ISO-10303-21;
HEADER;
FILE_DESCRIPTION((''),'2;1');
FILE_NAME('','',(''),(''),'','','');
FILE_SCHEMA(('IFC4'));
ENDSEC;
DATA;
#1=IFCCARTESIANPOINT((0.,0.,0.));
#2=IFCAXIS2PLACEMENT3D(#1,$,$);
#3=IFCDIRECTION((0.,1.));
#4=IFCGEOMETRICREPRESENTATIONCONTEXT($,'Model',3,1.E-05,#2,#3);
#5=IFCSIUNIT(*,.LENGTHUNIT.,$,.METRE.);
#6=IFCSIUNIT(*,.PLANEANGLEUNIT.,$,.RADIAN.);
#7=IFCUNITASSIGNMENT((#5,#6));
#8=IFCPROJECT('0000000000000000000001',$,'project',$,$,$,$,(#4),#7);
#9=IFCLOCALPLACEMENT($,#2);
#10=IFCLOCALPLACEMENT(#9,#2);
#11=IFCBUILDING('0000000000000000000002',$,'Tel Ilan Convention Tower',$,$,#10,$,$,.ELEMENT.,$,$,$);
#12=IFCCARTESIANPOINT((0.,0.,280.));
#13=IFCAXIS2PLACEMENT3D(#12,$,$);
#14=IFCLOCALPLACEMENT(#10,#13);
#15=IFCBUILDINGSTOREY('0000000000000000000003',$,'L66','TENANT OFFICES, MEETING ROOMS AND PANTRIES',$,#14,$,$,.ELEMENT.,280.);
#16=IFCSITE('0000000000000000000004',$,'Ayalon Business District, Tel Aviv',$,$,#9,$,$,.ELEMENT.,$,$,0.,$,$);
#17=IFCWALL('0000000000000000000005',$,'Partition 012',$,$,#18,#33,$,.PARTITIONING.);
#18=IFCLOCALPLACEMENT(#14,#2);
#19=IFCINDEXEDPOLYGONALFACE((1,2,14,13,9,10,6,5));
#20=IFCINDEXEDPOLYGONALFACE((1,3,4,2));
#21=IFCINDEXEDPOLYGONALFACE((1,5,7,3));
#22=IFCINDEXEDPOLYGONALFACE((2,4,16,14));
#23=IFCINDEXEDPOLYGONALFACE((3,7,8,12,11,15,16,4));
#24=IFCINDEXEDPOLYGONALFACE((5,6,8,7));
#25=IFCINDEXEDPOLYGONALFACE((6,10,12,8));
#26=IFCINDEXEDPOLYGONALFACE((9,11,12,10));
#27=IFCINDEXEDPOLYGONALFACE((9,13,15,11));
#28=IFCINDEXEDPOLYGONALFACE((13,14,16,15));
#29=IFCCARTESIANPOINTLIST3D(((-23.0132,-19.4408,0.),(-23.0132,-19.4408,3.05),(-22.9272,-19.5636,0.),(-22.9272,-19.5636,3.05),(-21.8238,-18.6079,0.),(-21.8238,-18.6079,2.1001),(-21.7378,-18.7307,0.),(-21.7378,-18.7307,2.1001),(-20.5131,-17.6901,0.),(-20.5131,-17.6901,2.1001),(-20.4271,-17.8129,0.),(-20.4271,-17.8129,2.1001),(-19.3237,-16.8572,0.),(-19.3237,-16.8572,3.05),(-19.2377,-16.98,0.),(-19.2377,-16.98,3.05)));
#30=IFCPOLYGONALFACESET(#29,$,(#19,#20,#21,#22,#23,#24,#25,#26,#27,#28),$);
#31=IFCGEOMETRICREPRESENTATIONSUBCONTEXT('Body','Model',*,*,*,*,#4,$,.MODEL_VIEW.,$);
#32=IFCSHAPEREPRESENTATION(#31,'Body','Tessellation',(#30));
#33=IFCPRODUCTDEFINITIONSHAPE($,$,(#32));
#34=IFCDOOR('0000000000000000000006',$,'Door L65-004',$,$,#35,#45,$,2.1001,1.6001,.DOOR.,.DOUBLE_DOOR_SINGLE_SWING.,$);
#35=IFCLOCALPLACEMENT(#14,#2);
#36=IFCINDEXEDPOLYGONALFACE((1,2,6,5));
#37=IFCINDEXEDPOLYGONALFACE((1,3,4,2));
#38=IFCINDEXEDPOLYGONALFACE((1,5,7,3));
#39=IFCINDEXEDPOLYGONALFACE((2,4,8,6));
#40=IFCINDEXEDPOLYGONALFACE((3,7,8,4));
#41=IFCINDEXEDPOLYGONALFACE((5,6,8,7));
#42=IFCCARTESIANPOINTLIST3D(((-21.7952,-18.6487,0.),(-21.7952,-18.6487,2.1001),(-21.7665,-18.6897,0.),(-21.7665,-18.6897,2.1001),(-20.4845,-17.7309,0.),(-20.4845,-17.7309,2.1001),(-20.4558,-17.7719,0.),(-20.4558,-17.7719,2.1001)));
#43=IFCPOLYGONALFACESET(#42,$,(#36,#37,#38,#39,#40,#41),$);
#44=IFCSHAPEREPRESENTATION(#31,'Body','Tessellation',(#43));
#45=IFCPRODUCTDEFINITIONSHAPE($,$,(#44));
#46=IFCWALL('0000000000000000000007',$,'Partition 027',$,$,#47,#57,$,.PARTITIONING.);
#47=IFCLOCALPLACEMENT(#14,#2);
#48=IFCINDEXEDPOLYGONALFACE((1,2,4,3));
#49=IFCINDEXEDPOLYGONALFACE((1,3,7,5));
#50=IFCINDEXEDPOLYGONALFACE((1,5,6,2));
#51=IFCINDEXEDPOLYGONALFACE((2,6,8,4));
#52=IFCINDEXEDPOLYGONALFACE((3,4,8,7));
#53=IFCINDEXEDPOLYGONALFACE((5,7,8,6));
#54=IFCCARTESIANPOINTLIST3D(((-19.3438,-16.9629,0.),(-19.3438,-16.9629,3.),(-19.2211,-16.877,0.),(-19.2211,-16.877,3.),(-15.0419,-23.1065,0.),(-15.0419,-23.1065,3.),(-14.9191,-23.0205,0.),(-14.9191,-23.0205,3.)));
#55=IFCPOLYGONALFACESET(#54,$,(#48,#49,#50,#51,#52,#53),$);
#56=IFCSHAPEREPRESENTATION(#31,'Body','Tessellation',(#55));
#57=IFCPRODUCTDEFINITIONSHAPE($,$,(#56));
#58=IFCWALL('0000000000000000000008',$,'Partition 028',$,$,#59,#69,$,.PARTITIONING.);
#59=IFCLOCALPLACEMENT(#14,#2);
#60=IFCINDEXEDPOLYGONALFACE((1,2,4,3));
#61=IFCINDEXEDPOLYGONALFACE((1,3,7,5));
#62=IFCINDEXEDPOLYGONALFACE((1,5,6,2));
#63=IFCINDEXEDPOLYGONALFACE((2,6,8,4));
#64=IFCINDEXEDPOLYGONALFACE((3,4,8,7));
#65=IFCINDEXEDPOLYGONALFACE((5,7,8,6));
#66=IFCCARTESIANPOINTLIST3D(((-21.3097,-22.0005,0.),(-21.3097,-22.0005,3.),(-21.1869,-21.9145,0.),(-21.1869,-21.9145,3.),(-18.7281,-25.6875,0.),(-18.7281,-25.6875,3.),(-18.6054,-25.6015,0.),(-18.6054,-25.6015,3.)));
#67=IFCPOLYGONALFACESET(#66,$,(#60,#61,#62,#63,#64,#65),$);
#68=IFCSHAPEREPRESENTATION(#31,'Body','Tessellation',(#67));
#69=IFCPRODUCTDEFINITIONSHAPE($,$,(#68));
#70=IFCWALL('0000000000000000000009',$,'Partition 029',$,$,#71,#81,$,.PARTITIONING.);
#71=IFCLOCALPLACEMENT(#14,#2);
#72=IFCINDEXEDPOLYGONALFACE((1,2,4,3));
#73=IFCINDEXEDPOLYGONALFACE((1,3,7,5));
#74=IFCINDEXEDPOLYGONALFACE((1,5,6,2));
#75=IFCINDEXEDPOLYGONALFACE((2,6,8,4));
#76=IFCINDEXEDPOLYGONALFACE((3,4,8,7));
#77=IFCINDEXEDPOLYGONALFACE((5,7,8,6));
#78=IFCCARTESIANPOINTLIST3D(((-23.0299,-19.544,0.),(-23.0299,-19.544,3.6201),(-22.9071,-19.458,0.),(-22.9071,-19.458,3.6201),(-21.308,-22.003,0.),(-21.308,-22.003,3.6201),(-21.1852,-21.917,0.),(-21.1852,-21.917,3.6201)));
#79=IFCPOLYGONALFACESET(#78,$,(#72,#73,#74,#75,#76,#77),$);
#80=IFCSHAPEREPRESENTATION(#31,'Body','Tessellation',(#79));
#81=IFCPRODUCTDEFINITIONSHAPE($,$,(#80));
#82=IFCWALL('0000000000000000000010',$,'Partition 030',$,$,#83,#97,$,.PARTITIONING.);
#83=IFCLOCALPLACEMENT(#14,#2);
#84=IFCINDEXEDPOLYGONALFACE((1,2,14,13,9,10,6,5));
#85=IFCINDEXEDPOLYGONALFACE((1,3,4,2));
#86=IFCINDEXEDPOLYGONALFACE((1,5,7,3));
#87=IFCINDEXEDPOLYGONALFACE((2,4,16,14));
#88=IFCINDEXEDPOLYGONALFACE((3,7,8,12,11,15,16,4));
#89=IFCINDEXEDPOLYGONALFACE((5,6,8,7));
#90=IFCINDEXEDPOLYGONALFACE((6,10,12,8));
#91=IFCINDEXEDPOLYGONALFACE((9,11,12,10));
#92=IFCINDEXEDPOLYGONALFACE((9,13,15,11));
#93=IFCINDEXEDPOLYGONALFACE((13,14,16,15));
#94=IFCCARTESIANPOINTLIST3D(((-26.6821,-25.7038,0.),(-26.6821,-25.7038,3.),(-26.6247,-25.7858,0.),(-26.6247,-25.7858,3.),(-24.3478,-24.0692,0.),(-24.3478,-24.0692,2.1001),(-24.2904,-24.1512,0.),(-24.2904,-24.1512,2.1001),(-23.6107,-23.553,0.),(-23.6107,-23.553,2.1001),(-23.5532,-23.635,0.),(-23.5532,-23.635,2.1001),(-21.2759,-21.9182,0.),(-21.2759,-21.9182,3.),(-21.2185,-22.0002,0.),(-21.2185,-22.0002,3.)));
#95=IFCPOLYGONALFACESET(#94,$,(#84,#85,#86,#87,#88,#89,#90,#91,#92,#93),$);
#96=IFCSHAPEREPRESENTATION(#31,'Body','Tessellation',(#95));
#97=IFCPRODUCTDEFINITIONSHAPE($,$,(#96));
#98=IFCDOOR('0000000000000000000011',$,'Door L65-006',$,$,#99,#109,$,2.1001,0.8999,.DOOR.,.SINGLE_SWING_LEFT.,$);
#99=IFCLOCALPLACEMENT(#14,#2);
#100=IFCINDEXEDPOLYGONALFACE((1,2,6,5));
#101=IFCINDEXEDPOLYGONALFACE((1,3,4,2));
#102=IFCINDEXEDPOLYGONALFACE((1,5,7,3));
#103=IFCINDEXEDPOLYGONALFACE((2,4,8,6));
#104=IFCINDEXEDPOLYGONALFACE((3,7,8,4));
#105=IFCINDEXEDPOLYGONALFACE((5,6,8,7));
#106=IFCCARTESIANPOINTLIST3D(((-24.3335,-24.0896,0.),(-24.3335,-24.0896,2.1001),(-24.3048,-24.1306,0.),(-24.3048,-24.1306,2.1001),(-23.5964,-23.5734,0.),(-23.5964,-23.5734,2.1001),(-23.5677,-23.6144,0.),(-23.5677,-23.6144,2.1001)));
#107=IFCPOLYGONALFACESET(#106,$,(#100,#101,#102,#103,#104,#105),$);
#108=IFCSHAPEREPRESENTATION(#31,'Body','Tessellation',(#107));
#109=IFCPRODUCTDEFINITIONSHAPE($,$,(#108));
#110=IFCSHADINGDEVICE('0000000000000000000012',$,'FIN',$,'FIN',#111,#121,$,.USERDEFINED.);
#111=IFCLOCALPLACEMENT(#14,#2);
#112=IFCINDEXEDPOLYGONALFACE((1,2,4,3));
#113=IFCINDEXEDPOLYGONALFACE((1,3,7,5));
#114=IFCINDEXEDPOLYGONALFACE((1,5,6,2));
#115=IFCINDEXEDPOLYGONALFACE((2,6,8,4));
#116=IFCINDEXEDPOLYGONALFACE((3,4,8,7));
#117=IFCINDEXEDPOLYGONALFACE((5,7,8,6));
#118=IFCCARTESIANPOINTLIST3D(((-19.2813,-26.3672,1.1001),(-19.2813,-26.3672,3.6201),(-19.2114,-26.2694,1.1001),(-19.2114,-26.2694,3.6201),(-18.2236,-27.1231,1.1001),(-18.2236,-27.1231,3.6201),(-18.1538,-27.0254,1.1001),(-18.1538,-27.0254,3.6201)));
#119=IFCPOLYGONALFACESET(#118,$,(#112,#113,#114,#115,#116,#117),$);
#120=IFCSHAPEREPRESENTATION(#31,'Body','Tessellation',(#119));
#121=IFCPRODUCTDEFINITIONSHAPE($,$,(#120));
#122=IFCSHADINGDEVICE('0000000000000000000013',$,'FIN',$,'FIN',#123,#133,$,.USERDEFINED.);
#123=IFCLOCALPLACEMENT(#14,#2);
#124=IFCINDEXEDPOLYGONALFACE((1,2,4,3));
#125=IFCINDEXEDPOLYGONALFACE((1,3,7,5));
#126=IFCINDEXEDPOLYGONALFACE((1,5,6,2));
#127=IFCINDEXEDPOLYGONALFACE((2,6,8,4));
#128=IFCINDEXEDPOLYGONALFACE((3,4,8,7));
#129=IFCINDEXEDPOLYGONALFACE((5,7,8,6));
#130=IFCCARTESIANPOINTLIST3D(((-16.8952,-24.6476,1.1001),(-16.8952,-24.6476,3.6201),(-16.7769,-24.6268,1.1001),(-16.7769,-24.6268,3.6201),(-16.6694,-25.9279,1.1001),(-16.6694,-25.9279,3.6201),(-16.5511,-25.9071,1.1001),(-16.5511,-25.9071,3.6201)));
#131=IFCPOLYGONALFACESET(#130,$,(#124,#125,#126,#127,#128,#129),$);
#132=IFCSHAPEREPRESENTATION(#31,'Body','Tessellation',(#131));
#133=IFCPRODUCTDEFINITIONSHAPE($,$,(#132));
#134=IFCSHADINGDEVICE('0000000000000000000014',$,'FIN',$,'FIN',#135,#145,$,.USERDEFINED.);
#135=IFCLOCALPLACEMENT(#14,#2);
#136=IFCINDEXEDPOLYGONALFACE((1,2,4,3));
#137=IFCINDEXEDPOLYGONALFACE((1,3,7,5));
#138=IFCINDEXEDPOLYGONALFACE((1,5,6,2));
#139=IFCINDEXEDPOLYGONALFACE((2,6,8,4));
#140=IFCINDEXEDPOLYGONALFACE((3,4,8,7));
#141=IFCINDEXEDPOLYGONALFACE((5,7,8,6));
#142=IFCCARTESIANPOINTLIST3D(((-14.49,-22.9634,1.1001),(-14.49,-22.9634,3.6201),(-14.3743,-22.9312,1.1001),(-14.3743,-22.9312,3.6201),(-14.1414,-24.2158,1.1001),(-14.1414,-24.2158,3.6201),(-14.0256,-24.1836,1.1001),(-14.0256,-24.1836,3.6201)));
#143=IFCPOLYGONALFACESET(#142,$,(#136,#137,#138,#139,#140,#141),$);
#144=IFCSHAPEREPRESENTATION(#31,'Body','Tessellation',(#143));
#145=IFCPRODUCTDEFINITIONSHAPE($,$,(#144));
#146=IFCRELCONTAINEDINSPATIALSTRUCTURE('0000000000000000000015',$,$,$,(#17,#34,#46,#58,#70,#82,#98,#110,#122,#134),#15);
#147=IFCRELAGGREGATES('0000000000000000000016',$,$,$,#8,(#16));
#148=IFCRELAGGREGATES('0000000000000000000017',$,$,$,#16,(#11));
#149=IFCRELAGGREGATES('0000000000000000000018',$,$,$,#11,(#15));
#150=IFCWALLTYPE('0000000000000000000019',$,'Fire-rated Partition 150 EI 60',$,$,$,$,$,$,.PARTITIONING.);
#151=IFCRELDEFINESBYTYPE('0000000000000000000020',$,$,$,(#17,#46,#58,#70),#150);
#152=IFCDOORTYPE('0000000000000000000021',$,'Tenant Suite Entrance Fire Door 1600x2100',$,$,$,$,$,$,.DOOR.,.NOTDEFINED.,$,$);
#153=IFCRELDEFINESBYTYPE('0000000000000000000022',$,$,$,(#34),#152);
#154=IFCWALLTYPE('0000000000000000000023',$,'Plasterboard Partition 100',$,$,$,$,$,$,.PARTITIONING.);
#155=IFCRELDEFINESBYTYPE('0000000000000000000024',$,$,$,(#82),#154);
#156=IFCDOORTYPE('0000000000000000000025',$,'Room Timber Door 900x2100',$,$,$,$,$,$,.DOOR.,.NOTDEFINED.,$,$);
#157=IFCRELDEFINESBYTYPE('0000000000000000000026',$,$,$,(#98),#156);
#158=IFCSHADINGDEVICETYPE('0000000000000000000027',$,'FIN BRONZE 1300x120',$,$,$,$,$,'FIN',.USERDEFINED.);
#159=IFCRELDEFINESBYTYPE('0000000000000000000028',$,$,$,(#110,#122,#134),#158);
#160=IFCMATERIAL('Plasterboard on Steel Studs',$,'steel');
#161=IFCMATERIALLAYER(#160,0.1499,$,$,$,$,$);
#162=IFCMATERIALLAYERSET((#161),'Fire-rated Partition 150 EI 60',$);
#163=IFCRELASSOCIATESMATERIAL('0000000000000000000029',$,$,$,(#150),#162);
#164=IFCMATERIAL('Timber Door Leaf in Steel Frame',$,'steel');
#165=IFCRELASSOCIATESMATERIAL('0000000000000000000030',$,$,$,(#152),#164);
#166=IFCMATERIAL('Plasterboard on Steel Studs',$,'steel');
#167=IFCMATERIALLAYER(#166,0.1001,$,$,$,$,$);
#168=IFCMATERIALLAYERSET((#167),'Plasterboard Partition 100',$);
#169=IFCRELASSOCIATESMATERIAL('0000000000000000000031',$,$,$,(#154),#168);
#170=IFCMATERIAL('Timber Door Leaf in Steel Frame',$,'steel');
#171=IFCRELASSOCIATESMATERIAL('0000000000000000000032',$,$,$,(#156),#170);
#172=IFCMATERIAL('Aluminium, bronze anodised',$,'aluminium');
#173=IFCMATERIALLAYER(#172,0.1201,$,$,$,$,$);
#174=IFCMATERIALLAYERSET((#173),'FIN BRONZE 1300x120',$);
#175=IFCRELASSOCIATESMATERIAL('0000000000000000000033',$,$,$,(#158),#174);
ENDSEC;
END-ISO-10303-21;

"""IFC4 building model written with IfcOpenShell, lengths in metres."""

from ifc_helpers import new_model, si_unit, direction, frame, frame_2d, origin, origin_2d, place, context, subcontext, project, spatial, rectangle, extrude, material, layer, layer_set, type_object, element, fill, save


model = new_model("IFC4")

# Units and contexts
model_context = context("Model", 3, precision=1e-05, world=origin(), true_north=direction((0.0, 1.0)))
body_context = subcontext(model_context, "Body", "Model", "MODEL_VIEW")
ifc_project = project(units=[si_unit("LENGTHUNIT", "METRE"), si_unit("PLANEANGLEUNIT", "RADIAN")], contexts=[model_context])

# Site, building, storey
site_placement = place(None, origin())
site = spatial("IfcSite", under=ifc_project, at=site_placement, Name="Ayalon Business District, Tel Aviv", CompositionType="ELEMENT", RefElevation=0.0)
building_placement = place(site_placement, origin())
building = spatial("IfcBuilding", under=site, at=building_placement, Name="Tel Ilan Convention Tower", CompositionType="ELEMENT")
storey_placement = place(building_placement, frame((0.0, 0.0, 280.0)))
storey = spatial("IfcBuildingStorey", under=building, at=storey_placement, Name="L66", Description="TENANT OFFICES, MEETING ROOMS AND PANTRIES", CompositionType="ELEMENT", Elevation=280.0)

# Wall, opening, door
ifc_material_1 = material(Name="Plasterboard on Steel Studs", Category="steel")
ifc_layer_1 = layer(ifc_material_1, 0.1499)
ifc_layer_set_1 = layer_set([ifc_layer_1], Name="Fire-rated Partition 150 EI 60")
wall_type_1 = type_object("IfcWallType", Name="Fire-rated Partition 150 EI 60", PredefinedType="PARTITIONING", material=ifc_layer_set_1)
ifc_material_2 = material(Name="Timber Door Leaf in Steel Frame", Category="steel")
door_type_1 = type_object("IfcDoorType", Name="Tenant Suite Entrance Fire Door 1600x2100", OperationType="NOTDEFINED", PredefinedType="DOOR", material=ifc_material_2)
wall_1_placement = place(storey_placement, frame((-19.2808, -16.9187, 0.0), z_axis=(0.0, 0.0, 1.0), x_axis=(-0.81914, -0.573593, 0.0)))
wall_1 = element("IfcWall", 1, at=wall_1_placement, inside=storey, type_object=wall_type_1, Name="Partition 012", PredefinedType="PARTITIONING", context=body_context, shape_type="SweptSolid", body=[
    extrude(rectangle(XDim=4.5042, YDim=0.1499, at=frame_2d((2.252, 0.0))), origin(), (0.0, 0.0, 1.0), 3.05),
])
opening_1_placement = place(wall_1_placement, frame((1.4519, 0.0, 0.0)))
opening_1 = element("IfcOpeningElement", 2, at=opening_1_placement, cuts=wall_1, PredefinedType="OPENING", context=body_context, shape_type="SweptSolid", body=[
    extrude(rectangle(XDim=1.6001, YDim=2.1001, at=frame_2d((0.8, 1.05))), frame((0.0, 0.085, 0.0), z_axis=(0.0, -1.0, 0.0), x_axis=(1.0, 0.0, 0.0)), (0.0, 0.0, 1.0), 0.1699),
])
door_1_placement = place(opening_1_placement, origin())
door_1 = element("IfcDoor", 3, at=door_1_placement, inside=storey, type_object=door_type_1, Name="Door L65-004", OperationType="DOUBLE_DOOR_SINGLE_SWING", OverallHeight=2.1001, OverallWidth=1.6001, PredefinedType="DOOR", context=body_context, shape_type="SweptSolid", body=[
    extrude(rectangle(XDim=1.6001, YDim=2.1001, at=frame_2d((0.8, 1.05))), frame((0.0, 0.0249, 0.0), z_axis=(0.0, -1.0, 0.0), x_axis=(1.0, 0.0, 0.0)), (0.0, 0.0, 1.0), 0.05),
])
fill(opening_1, door_1)

# Walls
wall_2_placement = place(storey_placement, frame((-14.9805, -23.0635, 0.0), z_axis=(0.0, 0.0, 1.0), x_axis=(-0.573598, 0.819137, 0.0)))
element("IfcWall", 4, at=wall_2_placement, inside=storey, type_object=wall_type_1, Name="Partition 027", PredefinedType="PARTITIONING", context=body_context, shape_type="SweptSolid", body=[
    extrude(rectangle(XDim=7.5, YDim=0.1499, at=frame_2d((3.75, 0.0))), origin(), (0.0, 0.0, 1.0), 3.0),
])
wall_3_placement = place(storey_placement, frame((-18.6667, -25.6445, 0.0), z_axis=(0.0, 0.0, 1.0), x_axis=(-0.573557, 0.819166, 0.0)))
element("IfcWall", 5, at=wall_3_placement, inside=storey, type_object=wall_type_1, Name="Partition 028", PredefinedType="PARTITIONING", context=body_context, shape_type="SweptSolid", body=[
    extrude(rectangle(XDim=4.501, YDim=0.1499, at=frame_2d((2.2505, 0.0))), origin(), (0.0, 0.0, 1.0), 3.0),
])
wall_4_placement = place(storey_placement, frame((-21.2466, -21.96, 0.0), z_axis=(0.0, 0.0, 1.0), x_axis=(-0.573604, 0.819133, 0.0)))
element("IfcWall", 6, at=wall_4_placement, inside=storey, type_object=wall_type_1, Name="Partition 029", PredefinedType="PARTITIONING", context=body_context, shape_type="SweptSolid", body=[
    extrude(rectangle(XDim=3.002, YDim=0.1499, at=frame_2d((1.501, 0.0))), origin(), (0.0, 0.0, 1.0), 3.6201),
])

# Wall, opening, door
ifc_material_3 = material(Name="Plasterboard on Steel Studs", Category="steel")
ifc_layer_2 = layer(ifc_material_3, 0.1001)
ifc_layer_set_2 = layer_set([ifc_layer_2], Name="Plasterboard Partition 100")
wall_type_2 = type_object("IfcWallType", Name="Plasterboard Partition 100", PredefinedType="PARTITIONING", material=ifc_layer_set_2)
wall_5_placement = place(storey_placement, frame((-21.2473, -21.9592, 0.0), z_axis=(0.0, 0.0, 1.0), x_axis=(-0.819142, -0.573591, 0.0)))
wall_5 = element("IfcWall", 7, at=wall_5_placement, inside=storey, type_object=wall_type_2, Name="Partition 030", PredefinedType="PARTITIONING", context=body_context, shape_type="SweptSolid", body=[
    extrude(rectangle(XDim=6.5999, YDim=0.1001, at=frame_2d((3.2998, 0.0))), origin(), (0.0, 0.0, 1.0), 3.0),
])
opening_2_placement = place(wall_5_placement, frame((2.8501, 0.0, 0.0)))
opening_2 = element("IfcOpeningElement", 8, at=opening_2_placement, cuts=wall_5, PredefinedType="OPENING", context=body_context, shape_type="SweptSolid", body=[
    extrude(rectangle(XDim=0.8999, YDim=2.1001, at=frame_2d((0.45, 1.05))), frame((0.0, 0.0601, 0.0), z_axis=(0.0, -1.0, 0.0), x_axis=(1.0, 0.0, 0.0)), (0.0, 0.0, 1.0), 0.1201),
])
ifc_material_4 = material(Name="Timber Door Leaf in Steel Frame", Category="steel")
door_type_2 = type_object("IfcDoorType", Name="Room Timber Door 900x2100", OperationType="NOTDEFINED", PredefinedType="DOOR", material=ifc_material_4)
door_2_placement = place(opening_2_placement, origin())
door_2 = element("IfcDoor", 9, at=door_2_placement, inside=storey, type_object=door_type_2, Name="Door L65-006", OperationType="SINGLE_SWING_LEFT", OverallHeight=2.1001, OverallWidth=0.8999, PredefinedType="DOOR", context=body_context, shape_type="SweptSolid", body=[
    extrude(rectangle(XDim=0.8999, YDim=2.1001, at=frame_2d((0.45, 1.05))), frame((0.0, 0.0249, 0.0), z_axis=(0.0, -1.0, 0.0), x_axis=(1.0, 0.0, 0.0)), (0.0, 0.0, 1.0), 0.05),
])
fill(opening_2, door_2)

# Shading devices
ifc_material_5 = material(Name="Aluminium, bronze anodised", Category="aluminium")
ifc_layer_3 = layer(ifc_material_5, 0.1201)
ifc_layer_set_3 = layer_set([ifc_layer_3], Name="FIN BRONZE 1300x120")
shading_device_type = type_object("IfcShadingDeviceType", Name="FIN BRONZE 1300x120", ElementType="FIN", PredefinedType="USERDEFINED", material=ifc_layer_set_3)
for number, where, z_axis, x_axis, name in (
    (10, (-18.7175, -26.6963, 1.1001), (0.0, 0.0, 1.0), (0.813552, -0.581492, 0.0), "FIN"),
    (11, (-16.7231, -25.2773, 1.1001), (0.0, 0.0, 1.0), (0.173648, -0.984808, 0.0), "FIN"),
    (12, (-14.2578, -23.5735, 1.1001), (0.0, 0.0, 1.0), (0.268173, -0.963371, 0.0), "FIN"),
):
    element("IfcShadingDevice", number, at=place(storey_placement, frame(where, z_axis=z_axis, x_axis=x_axis)), inside=storey, type_object=shading_device_type, Name=name, ObjectType="FIN", PredefinedType="USERDEFINED", context=body_context, shape_type="SweptSolid", body=[
        extrude(rectangle(XDim=1.3, YDim=0.1201, at=origin_2d()), origin(), (0.0, 0.0, 1.0), 2.52),
    ])

save(model, "model.ifc")
